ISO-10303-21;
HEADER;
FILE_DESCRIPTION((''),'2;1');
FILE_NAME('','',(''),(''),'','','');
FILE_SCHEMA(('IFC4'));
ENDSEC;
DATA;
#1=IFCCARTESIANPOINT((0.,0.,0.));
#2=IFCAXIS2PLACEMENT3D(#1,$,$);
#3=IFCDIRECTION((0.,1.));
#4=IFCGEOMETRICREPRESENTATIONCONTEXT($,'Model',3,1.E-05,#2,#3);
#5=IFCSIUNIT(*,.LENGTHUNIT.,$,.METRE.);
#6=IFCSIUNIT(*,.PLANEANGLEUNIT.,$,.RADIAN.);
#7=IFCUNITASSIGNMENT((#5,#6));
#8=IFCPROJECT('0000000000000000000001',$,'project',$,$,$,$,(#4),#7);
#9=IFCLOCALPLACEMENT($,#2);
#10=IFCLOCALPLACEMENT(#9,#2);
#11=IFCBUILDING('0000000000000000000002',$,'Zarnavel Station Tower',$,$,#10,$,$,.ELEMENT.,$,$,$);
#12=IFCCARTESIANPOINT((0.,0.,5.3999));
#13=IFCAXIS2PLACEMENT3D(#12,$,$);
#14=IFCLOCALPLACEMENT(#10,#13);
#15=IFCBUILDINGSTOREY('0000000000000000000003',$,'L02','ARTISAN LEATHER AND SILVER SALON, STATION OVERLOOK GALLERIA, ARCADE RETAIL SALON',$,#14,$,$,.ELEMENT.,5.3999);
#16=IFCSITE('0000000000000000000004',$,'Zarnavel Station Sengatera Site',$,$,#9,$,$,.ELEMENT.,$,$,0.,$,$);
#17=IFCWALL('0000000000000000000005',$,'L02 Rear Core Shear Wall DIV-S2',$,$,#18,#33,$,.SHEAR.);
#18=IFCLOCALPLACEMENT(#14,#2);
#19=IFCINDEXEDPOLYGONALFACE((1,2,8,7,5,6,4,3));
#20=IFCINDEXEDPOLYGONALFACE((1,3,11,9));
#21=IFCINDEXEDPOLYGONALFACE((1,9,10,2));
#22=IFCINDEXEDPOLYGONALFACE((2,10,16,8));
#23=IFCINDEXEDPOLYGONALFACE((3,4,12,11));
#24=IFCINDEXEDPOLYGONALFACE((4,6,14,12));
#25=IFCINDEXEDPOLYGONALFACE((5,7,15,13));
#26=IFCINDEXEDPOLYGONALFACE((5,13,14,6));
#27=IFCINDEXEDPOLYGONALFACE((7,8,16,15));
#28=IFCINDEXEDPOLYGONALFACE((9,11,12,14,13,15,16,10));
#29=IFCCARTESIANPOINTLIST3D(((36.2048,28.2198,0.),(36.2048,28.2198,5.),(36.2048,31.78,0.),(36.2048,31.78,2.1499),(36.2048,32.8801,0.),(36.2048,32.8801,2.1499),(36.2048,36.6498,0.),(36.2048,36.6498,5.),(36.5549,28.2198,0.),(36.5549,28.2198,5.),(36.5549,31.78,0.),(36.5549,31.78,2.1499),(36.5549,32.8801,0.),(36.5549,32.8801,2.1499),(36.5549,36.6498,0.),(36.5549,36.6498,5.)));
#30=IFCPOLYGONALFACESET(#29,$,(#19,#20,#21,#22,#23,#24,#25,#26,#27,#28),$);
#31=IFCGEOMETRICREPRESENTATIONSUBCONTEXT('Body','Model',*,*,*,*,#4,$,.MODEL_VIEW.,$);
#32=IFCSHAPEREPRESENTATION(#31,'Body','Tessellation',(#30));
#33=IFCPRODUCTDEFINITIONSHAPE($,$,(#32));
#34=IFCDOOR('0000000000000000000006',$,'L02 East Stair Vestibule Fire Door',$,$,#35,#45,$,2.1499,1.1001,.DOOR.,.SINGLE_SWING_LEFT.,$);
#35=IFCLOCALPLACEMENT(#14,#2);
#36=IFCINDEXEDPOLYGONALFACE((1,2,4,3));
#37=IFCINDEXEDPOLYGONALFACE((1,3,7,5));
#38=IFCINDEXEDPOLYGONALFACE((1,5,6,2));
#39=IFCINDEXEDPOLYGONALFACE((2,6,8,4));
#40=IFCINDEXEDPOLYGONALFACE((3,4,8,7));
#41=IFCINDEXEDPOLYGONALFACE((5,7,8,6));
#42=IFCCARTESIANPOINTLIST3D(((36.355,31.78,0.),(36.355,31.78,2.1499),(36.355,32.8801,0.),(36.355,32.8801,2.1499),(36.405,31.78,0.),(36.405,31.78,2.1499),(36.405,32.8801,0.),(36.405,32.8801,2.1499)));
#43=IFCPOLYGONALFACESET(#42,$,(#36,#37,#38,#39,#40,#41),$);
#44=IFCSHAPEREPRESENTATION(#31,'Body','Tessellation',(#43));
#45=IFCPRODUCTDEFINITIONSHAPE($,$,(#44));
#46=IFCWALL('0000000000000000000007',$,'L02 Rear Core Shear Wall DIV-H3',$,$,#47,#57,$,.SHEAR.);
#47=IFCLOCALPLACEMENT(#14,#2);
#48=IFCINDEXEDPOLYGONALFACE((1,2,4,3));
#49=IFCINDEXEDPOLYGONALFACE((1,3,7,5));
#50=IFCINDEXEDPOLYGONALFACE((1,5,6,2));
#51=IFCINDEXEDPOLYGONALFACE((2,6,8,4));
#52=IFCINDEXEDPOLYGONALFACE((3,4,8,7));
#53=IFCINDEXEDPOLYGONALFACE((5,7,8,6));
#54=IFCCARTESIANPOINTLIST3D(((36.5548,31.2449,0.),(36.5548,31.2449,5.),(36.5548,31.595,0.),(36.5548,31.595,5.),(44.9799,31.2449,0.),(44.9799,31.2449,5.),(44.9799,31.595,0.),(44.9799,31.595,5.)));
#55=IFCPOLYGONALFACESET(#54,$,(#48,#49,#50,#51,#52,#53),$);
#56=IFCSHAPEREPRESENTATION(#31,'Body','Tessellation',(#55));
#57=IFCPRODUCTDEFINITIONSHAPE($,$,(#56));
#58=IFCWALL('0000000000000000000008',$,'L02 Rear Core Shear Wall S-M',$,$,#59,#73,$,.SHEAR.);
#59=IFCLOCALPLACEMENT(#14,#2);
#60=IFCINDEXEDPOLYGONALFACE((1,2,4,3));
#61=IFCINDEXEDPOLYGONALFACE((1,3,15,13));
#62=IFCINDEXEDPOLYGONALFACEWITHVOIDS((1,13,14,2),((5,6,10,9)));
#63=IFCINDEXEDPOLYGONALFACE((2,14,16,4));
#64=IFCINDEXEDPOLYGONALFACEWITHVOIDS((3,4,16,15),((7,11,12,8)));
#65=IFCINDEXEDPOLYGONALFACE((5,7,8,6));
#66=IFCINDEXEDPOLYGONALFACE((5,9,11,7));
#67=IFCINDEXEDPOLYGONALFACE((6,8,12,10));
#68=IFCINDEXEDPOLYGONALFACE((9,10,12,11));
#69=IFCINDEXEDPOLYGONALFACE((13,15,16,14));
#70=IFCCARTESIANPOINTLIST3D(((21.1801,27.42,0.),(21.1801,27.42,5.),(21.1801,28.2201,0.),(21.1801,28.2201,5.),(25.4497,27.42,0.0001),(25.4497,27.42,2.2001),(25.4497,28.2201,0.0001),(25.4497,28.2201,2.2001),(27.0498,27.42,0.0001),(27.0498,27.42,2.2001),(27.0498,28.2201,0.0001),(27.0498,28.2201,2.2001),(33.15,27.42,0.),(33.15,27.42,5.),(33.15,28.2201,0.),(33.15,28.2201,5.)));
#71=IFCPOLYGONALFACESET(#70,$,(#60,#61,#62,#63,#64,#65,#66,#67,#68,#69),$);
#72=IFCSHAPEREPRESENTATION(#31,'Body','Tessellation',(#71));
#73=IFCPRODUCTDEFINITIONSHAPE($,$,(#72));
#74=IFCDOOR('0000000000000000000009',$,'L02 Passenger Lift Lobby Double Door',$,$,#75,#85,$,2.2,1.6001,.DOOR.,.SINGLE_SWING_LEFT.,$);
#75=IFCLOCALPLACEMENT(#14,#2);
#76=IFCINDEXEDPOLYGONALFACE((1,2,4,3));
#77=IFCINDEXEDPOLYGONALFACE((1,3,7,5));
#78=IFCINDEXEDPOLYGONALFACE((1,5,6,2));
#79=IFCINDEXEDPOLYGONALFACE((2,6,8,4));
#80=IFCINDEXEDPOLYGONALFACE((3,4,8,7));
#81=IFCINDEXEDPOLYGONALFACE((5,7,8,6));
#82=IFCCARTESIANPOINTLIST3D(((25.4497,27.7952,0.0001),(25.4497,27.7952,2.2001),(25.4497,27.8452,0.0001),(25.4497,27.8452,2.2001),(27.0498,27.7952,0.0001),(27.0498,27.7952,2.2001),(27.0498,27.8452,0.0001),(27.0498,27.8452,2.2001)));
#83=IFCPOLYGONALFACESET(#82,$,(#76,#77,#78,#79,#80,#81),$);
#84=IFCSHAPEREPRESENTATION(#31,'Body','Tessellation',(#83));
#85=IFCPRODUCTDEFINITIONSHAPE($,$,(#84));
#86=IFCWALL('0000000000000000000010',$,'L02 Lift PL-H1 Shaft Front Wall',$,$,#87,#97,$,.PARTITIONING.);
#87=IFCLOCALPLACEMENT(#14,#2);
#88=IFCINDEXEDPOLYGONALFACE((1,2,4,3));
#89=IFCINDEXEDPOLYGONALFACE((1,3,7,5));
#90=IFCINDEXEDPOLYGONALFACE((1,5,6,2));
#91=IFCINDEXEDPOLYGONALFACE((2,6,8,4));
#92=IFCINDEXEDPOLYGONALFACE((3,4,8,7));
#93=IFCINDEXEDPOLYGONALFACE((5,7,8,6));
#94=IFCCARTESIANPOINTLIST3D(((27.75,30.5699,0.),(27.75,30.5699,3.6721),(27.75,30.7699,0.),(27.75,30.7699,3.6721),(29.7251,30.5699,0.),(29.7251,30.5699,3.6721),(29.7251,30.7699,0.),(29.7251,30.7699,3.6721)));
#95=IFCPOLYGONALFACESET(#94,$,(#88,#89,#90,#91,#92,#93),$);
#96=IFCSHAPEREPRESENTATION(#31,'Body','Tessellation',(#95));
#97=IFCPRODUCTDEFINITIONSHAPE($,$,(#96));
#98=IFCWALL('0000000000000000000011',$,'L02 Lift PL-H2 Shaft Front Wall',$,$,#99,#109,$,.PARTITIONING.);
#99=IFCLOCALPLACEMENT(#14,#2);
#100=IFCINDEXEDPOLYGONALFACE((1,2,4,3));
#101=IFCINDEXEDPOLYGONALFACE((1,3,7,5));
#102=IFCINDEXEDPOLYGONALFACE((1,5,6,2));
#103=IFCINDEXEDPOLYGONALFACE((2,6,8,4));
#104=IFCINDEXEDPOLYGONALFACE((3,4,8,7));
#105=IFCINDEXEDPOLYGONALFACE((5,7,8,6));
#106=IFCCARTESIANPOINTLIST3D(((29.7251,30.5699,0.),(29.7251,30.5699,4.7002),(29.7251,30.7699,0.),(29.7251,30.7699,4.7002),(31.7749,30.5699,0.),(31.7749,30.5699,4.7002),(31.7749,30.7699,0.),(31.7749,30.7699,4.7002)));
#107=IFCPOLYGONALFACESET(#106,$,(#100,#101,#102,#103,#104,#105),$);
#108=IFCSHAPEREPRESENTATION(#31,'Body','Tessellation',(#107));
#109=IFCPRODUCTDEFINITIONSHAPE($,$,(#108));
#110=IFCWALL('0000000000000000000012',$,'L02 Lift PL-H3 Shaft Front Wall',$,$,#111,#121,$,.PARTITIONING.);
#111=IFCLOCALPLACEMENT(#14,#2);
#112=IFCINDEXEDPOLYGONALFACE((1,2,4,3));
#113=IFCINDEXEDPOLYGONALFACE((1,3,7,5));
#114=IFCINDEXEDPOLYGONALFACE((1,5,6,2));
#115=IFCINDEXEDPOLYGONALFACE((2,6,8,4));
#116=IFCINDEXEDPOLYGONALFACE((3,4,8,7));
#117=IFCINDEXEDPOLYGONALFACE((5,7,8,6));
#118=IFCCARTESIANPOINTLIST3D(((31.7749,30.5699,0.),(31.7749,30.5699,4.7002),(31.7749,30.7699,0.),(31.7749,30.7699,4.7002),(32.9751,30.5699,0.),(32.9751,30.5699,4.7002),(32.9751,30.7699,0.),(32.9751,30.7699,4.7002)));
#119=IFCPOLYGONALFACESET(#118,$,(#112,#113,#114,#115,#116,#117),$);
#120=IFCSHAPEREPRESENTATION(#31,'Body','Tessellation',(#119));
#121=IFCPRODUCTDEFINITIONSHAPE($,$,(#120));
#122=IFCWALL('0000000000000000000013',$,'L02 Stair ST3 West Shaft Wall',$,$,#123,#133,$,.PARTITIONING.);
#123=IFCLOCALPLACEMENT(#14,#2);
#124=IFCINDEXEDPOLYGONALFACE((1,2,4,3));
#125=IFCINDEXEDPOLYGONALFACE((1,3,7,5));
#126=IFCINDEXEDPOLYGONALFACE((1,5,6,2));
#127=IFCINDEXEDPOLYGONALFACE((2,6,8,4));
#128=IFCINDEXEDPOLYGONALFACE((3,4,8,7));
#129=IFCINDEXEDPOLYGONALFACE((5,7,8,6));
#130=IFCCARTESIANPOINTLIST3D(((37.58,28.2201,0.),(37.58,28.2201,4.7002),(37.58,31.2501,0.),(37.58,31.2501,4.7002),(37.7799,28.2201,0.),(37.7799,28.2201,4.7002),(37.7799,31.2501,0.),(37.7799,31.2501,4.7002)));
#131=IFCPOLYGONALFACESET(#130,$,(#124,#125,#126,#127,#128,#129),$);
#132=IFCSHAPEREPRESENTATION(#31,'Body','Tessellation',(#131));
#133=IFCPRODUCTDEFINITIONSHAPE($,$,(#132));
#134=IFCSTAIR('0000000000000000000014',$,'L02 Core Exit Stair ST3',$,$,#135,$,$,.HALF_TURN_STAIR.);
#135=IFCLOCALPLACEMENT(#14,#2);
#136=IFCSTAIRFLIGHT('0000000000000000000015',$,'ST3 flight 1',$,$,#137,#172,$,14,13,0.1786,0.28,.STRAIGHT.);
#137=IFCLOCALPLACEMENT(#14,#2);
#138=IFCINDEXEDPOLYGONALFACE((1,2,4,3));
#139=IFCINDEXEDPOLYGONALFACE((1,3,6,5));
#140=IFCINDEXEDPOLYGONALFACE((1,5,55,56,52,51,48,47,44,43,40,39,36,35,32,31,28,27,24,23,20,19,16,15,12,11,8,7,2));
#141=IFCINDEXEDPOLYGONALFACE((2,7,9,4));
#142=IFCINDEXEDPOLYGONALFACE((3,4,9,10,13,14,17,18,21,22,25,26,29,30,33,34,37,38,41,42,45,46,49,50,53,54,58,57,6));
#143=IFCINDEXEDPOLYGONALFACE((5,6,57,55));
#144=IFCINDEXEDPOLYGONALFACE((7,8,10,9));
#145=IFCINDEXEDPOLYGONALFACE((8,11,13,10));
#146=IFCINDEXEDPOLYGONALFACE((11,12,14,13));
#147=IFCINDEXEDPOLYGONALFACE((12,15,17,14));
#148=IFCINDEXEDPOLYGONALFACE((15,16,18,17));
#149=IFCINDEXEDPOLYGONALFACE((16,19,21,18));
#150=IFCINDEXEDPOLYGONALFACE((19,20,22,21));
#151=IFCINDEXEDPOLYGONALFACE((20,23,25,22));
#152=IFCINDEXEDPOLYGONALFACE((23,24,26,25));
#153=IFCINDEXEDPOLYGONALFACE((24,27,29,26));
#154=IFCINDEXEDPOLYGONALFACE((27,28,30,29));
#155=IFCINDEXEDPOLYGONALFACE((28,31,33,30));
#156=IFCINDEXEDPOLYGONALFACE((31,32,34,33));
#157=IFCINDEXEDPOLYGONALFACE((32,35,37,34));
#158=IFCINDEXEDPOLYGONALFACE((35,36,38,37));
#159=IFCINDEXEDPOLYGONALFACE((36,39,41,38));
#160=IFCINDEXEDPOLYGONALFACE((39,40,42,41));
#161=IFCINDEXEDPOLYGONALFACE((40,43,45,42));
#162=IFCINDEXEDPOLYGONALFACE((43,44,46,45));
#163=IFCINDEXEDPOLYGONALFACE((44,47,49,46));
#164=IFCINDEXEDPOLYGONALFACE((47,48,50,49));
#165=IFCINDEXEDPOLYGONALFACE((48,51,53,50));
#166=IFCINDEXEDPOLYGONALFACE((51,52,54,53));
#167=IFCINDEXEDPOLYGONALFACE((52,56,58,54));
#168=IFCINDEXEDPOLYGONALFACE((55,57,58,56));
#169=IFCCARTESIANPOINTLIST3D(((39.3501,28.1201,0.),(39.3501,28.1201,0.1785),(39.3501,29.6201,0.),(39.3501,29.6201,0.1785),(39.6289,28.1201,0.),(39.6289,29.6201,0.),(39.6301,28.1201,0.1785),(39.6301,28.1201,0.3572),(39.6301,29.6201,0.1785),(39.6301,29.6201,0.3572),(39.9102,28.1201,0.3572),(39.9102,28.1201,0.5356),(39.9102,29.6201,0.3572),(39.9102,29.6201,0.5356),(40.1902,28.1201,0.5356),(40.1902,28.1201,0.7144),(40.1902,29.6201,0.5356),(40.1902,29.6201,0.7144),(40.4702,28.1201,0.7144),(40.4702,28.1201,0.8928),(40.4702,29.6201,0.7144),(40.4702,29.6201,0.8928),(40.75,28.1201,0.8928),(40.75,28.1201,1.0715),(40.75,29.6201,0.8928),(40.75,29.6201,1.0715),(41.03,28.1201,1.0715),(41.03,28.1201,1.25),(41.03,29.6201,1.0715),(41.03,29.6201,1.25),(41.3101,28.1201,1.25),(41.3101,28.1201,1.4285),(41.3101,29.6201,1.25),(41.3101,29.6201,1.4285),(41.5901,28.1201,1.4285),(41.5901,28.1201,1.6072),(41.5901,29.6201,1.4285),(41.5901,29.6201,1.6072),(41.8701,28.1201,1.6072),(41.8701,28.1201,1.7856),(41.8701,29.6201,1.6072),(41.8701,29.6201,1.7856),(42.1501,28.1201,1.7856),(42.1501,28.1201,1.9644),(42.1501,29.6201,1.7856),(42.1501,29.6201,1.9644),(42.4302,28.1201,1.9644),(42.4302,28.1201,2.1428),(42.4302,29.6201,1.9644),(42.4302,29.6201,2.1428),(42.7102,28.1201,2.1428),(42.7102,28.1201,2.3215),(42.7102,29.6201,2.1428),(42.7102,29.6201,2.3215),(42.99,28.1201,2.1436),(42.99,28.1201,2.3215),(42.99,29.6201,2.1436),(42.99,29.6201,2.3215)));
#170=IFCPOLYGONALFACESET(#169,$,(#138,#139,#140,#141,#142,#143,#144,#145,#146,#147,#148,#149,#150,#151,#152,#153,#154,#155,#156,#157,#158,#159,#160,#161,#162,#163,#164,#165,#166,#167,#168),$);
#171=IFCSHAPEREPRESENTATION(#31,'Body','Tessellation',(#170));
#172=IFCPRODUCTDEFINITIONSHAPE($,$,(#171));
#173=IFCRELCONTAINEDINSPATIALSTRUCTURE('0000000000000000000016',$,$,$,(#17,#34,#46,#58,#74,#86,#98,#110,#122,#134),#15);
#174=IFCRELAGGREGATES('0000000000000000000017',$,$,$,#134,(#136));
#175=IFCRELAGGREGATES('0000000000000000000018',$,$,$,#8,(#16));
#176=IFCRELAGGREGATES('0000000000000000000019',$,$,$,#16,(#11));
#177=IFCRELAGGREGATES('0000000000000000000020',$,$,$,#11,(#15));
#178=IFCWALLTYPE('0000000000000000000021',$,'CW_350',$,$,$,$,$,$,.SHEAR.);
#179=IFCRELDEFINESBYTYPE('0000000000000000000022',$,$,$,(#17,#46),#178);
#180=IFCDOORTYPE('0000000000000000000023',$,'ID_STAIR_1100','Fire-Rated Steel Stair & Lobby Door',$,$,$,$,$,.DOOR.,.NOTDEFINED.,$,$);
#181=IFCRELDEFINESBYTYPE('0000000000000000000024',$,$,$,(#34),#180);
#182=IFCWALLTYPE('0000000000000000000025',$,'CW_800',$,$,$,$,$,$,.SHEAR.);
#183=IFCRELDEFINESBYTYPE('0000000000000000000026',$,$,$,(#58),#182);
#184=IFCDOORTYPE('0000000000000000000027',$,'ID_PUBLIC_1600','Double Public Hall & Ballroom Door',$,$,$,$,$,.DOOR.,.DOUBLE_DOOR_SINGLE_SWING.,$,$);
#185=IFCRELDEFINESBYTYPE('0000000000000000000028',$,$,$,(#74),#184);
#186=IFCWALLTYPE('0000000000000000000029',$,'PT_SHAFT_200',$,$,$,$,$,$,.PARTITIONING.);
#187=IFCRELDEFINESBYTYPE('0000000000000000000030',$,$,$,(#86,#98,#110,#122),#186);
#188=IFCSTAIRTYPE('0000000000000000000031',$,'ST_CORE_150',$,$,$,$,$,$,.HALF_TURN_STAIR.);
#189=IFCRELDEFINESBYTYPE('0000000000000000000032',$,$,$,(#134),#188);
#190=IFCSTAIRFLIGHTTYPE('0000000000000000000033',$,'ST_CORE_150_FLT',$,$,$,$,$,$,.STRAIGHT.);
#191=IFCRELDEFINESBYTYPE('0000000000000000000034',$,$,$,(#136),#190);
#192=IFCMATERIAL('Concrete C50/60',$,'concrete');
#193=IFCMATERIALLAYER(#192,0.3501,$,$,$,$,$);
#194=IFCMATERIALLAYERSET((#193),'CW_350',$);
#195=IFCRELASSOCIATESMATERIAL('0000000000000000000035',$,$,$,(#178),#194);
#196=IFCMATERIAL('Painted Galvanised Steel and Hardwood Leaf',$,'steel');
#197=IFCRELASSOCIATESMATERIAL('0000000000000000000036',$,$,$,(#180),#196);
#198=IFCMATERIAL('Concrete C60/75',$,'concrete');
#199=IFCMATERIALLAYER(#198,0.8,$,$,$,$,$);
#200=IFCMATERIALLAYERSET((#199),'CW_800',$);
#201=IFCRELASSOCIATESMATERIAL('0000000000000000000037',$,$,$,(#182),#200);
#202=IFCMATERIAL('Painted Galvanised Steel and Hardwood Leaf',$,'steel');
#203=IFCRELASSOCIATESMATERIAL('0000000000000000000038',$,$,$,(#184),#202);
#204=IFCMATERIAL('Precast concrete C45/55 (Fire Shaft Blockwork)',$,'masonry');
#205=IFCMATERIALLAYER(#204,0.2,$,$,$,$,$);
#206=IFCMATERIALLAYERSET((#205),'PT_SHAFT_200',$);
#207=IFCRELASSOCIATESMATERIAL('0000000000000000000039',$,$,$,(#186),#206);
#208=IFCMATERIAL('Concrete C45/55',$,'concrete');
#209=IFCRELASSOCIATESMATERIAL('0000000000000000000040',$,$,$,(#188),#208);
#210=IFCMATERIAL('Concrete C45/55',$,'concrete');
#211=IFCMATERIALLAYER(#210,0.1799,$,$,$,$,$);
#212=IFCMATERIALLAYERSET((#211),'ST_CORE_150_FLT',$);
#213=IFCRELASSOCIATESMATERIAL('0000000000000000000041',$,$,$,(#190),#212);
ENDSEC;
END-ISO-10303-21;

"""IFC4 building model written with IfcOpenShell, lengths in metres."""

from ifc_helpers import new_model, si_unit, direction, frame, frame_2d, origin, place, context, subcontext, project, spatial, polyline, rectangle, outline, extrude, material, layer, layer_set, type_object, element, fill, aggregate, save


model = new_model("IFC4")

# Units and contexts
model_context = context("Model", 3, precision=1e-05, world=origin(), true_north=direction((0.0, 1.0)))
body_context = subcontext(model_context, "Body", "Model", "MODEL_VIEW")
ifc_project = project(units=[si_unit("LENGTHUNIT", "METRE"), si_unit("PLANEANGLEUNIT", "RADIAN")], contexts=[model_context])

# Site, building, storey
site_placement = place(None, origin())
site = spatial("IfcSite", under=ifc_project, at=site_placement, Name="Zarnavel Station Sengatera Site", CompositionType="ELEMENT", RefElevation=0.0)
building_placement = place(site_placement, origin())
building = spatial("IfcBuilding", under=site, at=building_placement, Name="Zarnavel Station Tower", CompositionType="ELEMENT")
storey_placement = place(building_placement, frame((0.0, 0.0, 5.3999)))
storey = spatial("IfcBuildingStorey", under=building, at=storey_placement, Name="L02", Description="ARTISAN LEATHER AND SILVER SALON, STATION OVERLOOK GALLERIA, ARCADE RETAIL SALON", CompositionType="ELEMENT", Elevation=5.3999)

# Shared definitions
ifc_material_1 = material(Name="Concrete C50/60", Category="concrete")
ifc_layer_1 = layer(ifc_material_1, 0.3501)
ifc_layer_set_1 = layer_set([ifc_layer_1], Name="CW_350")
wall_type_1 = type_object("IfcWallType", Name="CW_350", PredefinedType="SHEAR", material=ifc_layer_set_1)

# Wall, opening, door
wall_1_placement = place(storey_placement, frame((36.3799, 28.22, 0.0), z_axis=(0.0, 0.0, 1.0), x_axis=(0.0, 1.0, 0.0)))
wall_1 = element("IfcWall", 1, at=wall_1_placement, inside=storey, type_object=wall_type_1, Name="L02 Rear Core Shear Wall DIV-S2", PredefinedType="SHEAR", context=body_context, shape_type="SweptSolid", body=[
    extrude(rectangle(XDim=8.4299, YDim=0.3501, at=frame_2d((4.2148, 0.0))), origin(), (0.0, 0.0, 1.0), 5.0),
])
opening_1_placement = place(wall_1_placement, frame((3.5601, 0.0, 0.0)))
opening_1 = element("IfcOpeningElement", 2, at=opening_1_placement, cuts=wall_1, PredefinedType="OPENING", context=body_context, shape_type="SweptSolid", body=[
    extrude(rectangle(XDim=1.1001, YDim=2.1499, at=frame_2d((0.55, 1.075))), frame((0.0, 0.1851, 0.0), z_axis=(0.0, -1.0, 0.0), x_axis=(1.0, 0.0, 0.0)), (0.0, 0.0, 1.0), 0.3701),
])
ifc_material_2 = material(Name="Painted Galvanised Steel and Hardwood Leaf", Category="steel")
door_type_1 = type_object("IfcDoorType", Name="ID_STAIR_1100", Description="Fire-Rated Steel Stair & Lobby Door", OperationType="NOTDEFINED", PredefinedType="DOOR", material=ifc_material_2)
door_1_placement = place(opening_1_placement, origin())
door_1 = element("IfcDoor", 3, at=door_1_placement, inside=storey, type_object=door_type_1, Name="L02 East Stair Vestibule Fire Door", OperationType="SINGLE_SWING_LEFT", OverallHeight=2.1499, OverallWidth=1.1001, PredefinedType="DOOR", context=body_context, shape_type="SweptSolid", body=[
    extrude(rectangle(XDim=1.1001, YDim=2.1499, at=frame_2d((0.55, 1.075))), frame((0.0, 0.0249, 0.0), z_axis=(0.0, -1.0, 0.0), x_axis=(1.0, 0.0, 0.0)), (0.0, 0.0, 1.0), 0.05),
])
fill(opening_1, door_1)

# Wall
wall_2_placement = place(storey_placement, frame((36.5549, 31.4199, 0.0), z_axis=(0.0, 0.0, 1.0), x_axis=(1.0, 0.0, 0.0)))
element("IfcWall", 4, at=wall_2_placement, inside=storey, type_object=wall_type_1, Name="L02 Rear Core Shear Wall DIV-H3", PredefinedType="SHEAR", context=body_context, shape_type="SweptSolid", body=[
    extrude(rectangle(XDim=8.425, YDim=0.3501, at=frame_2d((4.2124, 0.0))), origin(), (0.0, 0.0, 1.0), 5.0),
])

# Wall, opening, door
ifc_material_3 = material(Name="Concrete C60/75", Category="concrete")
ifc_layer_2 = layer(ifc_material_3, 0.8)
ifc_layer_set_2 = layer_set([ifc_layer_2], Name="CW_800")
wall_type_2 = type_object("IfcWallType", Name="CW_800", PredefinedType="SHEAR", material=ifc_layer_set_2)
wall_3_placement = place(storey_placement, frame((33.1499, 27.8201, 0.0), z_axis=(0.0, 0.0, 1.0), x_axis=(-1.0, 0.0, 0.0)))
wall_3 = element("IfcWall", 5, at=wall_3_placement, inside=storey, type_object=wall_type_2, Name="L02 Rear Core Shear Wall S-M", PredefinedType="SHEAR", context=body_context, shape_type="SweptSolid", body=[
    extrude(rectangle(XDim=11.97, YDim=0.8, at=frame_2d((5.9849, 0.0))), origin(), (0.0, 0.0, 1.0), 5.0),
])
opening_2_placement = place(wall_3_placement, frame((6.1001, 0.0, 0.0)))
opening_2 = element("IfcOpeningElement", 6, at=opening_2_placement, cuts=wall_3, PredefinedType="OPENING", context=body_context, shape_type="SweptSolid", body=[
    extrude(rectangle(XDim=1.6001, YDim=2.2, at=frame_2d((0.8, 1.1001))), frame((0.0, 0.4099, 0.0), z_axis=(0.0, -1.0, 0.0), x_axis=(1.0, 0.0, 0.0)), (0.0, 0.0, 1.0), 0.8201),
])
ifc_material_4 = material(Name="Painted Galvanised Steel and Hardwood Leaf", Category="steel")
door_type_2 = type_object("IfcDoorType", Name="ID_PUBLIC_1600", Description="Double Public Hall & Ballroom Door", OperationType="DOUBLE_DOOR_SINGLE_SWING", PredefinedType="DOOR", material=ifc_material_4)
door_2_placement = place(opening_2_placement, origin())
door_2 = element("IfcDoor", 7, at=door_2_placement, inside=storey, type_object=door_type_2, Name="L02 Passenger Lift Lobby Double Door", OperationType="SINGLE_SWING_LEFT", OverallHeight=2.2, OverallWidth=1.6001, PredefinedType="DOOR", context=body_context, shape_type="SweptSolid", body=[
    extrude(rectangle(XDim=1.6001, YDim=2.2, at=frame_2d((0.8, 1.1001))), frame((0.0, 0.0249, 0.0), z_axis=(0.0, -1.0, 0.0), x_axis=(1.0, 0.0, 0.0)), (0.0, 0.0, 1.0), 0.05),
])
fill(opening_2, door_2)

# Walls
ifc_material_5 = material(Name="Precast concrete C45/55 (Fire Shaft Blockwork)", Category="masonry")
ifc_layer_3 = layer(ifc_material_5, 0.2)
ifc_layer_set_3 = layer_set([ifc_layer_3], Name="PT_SHAFT_200")
wall_type_3 = type_object("IfcWallType", Name="PT_SHAFT_200", PredefinedType="PARTITIONING", material=ifc_layer_set_3)
wall_4_placement = place(storey_placement, frame((27.75, 30.6699, 0.0), z_axis=(0.0, 0.0, 1.0), x_axis=(1.0, 0.0, 0.0)))
element("IfcWall", 8, at=wall_4_placement, inside=storey, type_object=wall_type_3, Name="L02 Lift PL-H1 Shaft Front Wall", PredefinedType="PARTITIONING", context=body_context, shape_type="SweptSolid", body=[
    extrude(rectangle(XDim=1.9751, YDim=0.2, at=frame_2d((0.9875, 0.0))), origin(), (0.0, 0.0, 1.0), 3.6721),
])
wall_5_placement = place(storey_placement, frame((29.7251, 30.6699, 0.0), z_axis=(0.0, 0.0, 1.0), x_axis=(1.0, 0.0, 0.0)))
element("IfcWall", 9, at=wall_5_placement, inside=storey, type_object=wall_type_3, Name="L02 Lift PL-H2 Shaft Front Wall", PredefinedType="PARTITIONING", context=body_context, shape_type="SweptSolid", body=[
    extrude(rectangle(XDim=2.0498, YDim=0.2, at=frame_2d((1.0249, 0.0))), origin(), (0.0, 0.0, 1.0), 4.7002),
])
wall_6_placement = place(storey_placement, frame((31.7749, 30.6699, 0.0), z_axis=(0.0, 0.0, 1.0), x_axis=(1.0, 0.0, 0.0)))
element("IfcWall", 10, at=wall_6_placement, inside=storey, type_object=wall_type_3, Name="L02 Lift PL-H3 Shaft Front Wall", PredefinedType="PARTITIONING", context=body_context, shape_type="SweptSolid", body=[
    extrude(rectangle(XDim=1.2002, YDim=0.2, at=frame_2d((0.6001, 0.0))), origin(), (0.0, 0.0, 1.0), 4.7002),
])
wall_7_placement = place(storey_placement, frame((37.6799, 28.22, 0.0), z_axis=(0.0, 0.0, 1.0), x_axis=(0.0, 1.0, 0.0)))
element("IfcWall", 11, at=wall_7_placement, inside=storey, type_object=wall_type_3, Name="L02 Stair ST3 West Shaft Wall", PredefinedType="PARTITIONING", context=body_context, shape_type="SweptSolid", body=[
    extrude(rectangle(XDim=3.03, YDim=0.2, at=frame_2d((1.5151, 0.0))), origin(), (0.0, 0.0, 1.0), 4.7002),
])

# Stair, stair flight
ifc_material_6 = material(Name="Concrete C45/55", Category="concrete")
stair_type = type_object("IfcStairType", Name="ST_CORE_150", PredefinedType="HALF_TURN_STAIR", material=ifc_material_6)
stair_placement = place(storey_placement, origin())
stair = element("IfcStair", 12, at=stair_placement, inside=storey, type_object=stair_type, Name="L02 Core Exit Stair ST3", PredefinedType="HALF_TURN_STAIR")
ifc_material_7 = material(Name="Concrete C45/55", Category="concrete")
ifc_layer_4 = layer(ifc_material_7, 0.1799)
ifc_layer_set_4 = layer_set([ifc_layer_4], Name="ST_CORE_150_FLT")
stair_flight_type = type_object("IfcStairFlightType", Name="ST_CORE_150_FLT", PredefinedType="STRAIGHT", material=ifc_layer_set_4)
stair_flight_1_placement = place(storey_placement, frame((39.3501, 28.8701, 0.0), z_axis=(0.0, 0.0, 1.0), x_axis=(1.0, 0.0, 0.0)))
stair_flight_1 = element("IfcStairFlight", 13, at=stair_flight_1_placement, type_object=stair_flight_type, Name="ST3 flight 1", NumberOfRisers=14, NumberOfTreads=13, PredefinedType="STRAIGHT", RiserHeight=0.1786, TreadLength=0.28, context=body_context, shape_type="SweptSolid", body=[
    extrude(outline(polyline([(0.0, 0.0), (0.0, 0.1785), (0.28, 0.1785), (0.28, 0.3572), (0.5601, 0.3572), (0.5601, 0.5356), (0.8401, 0.5356), (0.8401, 0.7144), (1.1201, 0.7144), (1.1201, 0.8928), (1.3999, 0.8928), (1.3999, 1.0715), (1.6799, 1.0715), (1.6799, 1.25), (1.96, 1.25), (1.96, 1.4285), (2.24, 1.4285), (2.24, 1.6072), (2.52, 1.6072), (2.52, 1.7856), (2.8, 1.7856), (2.8, 1.9644), (3.0801, 1.9644), (3.0801, 2.1428), (3.3601, 2.1428), (3.3601, 2.3215), (3.6399, 2.3215), (3.6399, 2.5), (3.6399, 2.1436), (0.2788, 0.0), (0.0, 0.0)])), frame((0.0, 0.75, 0.0), z_axis=(0.0, -1.0, 0.0), x_axis=(1.0, 0.0, 0.0)), (0.0, 0.0, 1.0), 1.5),
])
aggregate(stair, [stair_flight_1])

save(model, "model.ifc")
